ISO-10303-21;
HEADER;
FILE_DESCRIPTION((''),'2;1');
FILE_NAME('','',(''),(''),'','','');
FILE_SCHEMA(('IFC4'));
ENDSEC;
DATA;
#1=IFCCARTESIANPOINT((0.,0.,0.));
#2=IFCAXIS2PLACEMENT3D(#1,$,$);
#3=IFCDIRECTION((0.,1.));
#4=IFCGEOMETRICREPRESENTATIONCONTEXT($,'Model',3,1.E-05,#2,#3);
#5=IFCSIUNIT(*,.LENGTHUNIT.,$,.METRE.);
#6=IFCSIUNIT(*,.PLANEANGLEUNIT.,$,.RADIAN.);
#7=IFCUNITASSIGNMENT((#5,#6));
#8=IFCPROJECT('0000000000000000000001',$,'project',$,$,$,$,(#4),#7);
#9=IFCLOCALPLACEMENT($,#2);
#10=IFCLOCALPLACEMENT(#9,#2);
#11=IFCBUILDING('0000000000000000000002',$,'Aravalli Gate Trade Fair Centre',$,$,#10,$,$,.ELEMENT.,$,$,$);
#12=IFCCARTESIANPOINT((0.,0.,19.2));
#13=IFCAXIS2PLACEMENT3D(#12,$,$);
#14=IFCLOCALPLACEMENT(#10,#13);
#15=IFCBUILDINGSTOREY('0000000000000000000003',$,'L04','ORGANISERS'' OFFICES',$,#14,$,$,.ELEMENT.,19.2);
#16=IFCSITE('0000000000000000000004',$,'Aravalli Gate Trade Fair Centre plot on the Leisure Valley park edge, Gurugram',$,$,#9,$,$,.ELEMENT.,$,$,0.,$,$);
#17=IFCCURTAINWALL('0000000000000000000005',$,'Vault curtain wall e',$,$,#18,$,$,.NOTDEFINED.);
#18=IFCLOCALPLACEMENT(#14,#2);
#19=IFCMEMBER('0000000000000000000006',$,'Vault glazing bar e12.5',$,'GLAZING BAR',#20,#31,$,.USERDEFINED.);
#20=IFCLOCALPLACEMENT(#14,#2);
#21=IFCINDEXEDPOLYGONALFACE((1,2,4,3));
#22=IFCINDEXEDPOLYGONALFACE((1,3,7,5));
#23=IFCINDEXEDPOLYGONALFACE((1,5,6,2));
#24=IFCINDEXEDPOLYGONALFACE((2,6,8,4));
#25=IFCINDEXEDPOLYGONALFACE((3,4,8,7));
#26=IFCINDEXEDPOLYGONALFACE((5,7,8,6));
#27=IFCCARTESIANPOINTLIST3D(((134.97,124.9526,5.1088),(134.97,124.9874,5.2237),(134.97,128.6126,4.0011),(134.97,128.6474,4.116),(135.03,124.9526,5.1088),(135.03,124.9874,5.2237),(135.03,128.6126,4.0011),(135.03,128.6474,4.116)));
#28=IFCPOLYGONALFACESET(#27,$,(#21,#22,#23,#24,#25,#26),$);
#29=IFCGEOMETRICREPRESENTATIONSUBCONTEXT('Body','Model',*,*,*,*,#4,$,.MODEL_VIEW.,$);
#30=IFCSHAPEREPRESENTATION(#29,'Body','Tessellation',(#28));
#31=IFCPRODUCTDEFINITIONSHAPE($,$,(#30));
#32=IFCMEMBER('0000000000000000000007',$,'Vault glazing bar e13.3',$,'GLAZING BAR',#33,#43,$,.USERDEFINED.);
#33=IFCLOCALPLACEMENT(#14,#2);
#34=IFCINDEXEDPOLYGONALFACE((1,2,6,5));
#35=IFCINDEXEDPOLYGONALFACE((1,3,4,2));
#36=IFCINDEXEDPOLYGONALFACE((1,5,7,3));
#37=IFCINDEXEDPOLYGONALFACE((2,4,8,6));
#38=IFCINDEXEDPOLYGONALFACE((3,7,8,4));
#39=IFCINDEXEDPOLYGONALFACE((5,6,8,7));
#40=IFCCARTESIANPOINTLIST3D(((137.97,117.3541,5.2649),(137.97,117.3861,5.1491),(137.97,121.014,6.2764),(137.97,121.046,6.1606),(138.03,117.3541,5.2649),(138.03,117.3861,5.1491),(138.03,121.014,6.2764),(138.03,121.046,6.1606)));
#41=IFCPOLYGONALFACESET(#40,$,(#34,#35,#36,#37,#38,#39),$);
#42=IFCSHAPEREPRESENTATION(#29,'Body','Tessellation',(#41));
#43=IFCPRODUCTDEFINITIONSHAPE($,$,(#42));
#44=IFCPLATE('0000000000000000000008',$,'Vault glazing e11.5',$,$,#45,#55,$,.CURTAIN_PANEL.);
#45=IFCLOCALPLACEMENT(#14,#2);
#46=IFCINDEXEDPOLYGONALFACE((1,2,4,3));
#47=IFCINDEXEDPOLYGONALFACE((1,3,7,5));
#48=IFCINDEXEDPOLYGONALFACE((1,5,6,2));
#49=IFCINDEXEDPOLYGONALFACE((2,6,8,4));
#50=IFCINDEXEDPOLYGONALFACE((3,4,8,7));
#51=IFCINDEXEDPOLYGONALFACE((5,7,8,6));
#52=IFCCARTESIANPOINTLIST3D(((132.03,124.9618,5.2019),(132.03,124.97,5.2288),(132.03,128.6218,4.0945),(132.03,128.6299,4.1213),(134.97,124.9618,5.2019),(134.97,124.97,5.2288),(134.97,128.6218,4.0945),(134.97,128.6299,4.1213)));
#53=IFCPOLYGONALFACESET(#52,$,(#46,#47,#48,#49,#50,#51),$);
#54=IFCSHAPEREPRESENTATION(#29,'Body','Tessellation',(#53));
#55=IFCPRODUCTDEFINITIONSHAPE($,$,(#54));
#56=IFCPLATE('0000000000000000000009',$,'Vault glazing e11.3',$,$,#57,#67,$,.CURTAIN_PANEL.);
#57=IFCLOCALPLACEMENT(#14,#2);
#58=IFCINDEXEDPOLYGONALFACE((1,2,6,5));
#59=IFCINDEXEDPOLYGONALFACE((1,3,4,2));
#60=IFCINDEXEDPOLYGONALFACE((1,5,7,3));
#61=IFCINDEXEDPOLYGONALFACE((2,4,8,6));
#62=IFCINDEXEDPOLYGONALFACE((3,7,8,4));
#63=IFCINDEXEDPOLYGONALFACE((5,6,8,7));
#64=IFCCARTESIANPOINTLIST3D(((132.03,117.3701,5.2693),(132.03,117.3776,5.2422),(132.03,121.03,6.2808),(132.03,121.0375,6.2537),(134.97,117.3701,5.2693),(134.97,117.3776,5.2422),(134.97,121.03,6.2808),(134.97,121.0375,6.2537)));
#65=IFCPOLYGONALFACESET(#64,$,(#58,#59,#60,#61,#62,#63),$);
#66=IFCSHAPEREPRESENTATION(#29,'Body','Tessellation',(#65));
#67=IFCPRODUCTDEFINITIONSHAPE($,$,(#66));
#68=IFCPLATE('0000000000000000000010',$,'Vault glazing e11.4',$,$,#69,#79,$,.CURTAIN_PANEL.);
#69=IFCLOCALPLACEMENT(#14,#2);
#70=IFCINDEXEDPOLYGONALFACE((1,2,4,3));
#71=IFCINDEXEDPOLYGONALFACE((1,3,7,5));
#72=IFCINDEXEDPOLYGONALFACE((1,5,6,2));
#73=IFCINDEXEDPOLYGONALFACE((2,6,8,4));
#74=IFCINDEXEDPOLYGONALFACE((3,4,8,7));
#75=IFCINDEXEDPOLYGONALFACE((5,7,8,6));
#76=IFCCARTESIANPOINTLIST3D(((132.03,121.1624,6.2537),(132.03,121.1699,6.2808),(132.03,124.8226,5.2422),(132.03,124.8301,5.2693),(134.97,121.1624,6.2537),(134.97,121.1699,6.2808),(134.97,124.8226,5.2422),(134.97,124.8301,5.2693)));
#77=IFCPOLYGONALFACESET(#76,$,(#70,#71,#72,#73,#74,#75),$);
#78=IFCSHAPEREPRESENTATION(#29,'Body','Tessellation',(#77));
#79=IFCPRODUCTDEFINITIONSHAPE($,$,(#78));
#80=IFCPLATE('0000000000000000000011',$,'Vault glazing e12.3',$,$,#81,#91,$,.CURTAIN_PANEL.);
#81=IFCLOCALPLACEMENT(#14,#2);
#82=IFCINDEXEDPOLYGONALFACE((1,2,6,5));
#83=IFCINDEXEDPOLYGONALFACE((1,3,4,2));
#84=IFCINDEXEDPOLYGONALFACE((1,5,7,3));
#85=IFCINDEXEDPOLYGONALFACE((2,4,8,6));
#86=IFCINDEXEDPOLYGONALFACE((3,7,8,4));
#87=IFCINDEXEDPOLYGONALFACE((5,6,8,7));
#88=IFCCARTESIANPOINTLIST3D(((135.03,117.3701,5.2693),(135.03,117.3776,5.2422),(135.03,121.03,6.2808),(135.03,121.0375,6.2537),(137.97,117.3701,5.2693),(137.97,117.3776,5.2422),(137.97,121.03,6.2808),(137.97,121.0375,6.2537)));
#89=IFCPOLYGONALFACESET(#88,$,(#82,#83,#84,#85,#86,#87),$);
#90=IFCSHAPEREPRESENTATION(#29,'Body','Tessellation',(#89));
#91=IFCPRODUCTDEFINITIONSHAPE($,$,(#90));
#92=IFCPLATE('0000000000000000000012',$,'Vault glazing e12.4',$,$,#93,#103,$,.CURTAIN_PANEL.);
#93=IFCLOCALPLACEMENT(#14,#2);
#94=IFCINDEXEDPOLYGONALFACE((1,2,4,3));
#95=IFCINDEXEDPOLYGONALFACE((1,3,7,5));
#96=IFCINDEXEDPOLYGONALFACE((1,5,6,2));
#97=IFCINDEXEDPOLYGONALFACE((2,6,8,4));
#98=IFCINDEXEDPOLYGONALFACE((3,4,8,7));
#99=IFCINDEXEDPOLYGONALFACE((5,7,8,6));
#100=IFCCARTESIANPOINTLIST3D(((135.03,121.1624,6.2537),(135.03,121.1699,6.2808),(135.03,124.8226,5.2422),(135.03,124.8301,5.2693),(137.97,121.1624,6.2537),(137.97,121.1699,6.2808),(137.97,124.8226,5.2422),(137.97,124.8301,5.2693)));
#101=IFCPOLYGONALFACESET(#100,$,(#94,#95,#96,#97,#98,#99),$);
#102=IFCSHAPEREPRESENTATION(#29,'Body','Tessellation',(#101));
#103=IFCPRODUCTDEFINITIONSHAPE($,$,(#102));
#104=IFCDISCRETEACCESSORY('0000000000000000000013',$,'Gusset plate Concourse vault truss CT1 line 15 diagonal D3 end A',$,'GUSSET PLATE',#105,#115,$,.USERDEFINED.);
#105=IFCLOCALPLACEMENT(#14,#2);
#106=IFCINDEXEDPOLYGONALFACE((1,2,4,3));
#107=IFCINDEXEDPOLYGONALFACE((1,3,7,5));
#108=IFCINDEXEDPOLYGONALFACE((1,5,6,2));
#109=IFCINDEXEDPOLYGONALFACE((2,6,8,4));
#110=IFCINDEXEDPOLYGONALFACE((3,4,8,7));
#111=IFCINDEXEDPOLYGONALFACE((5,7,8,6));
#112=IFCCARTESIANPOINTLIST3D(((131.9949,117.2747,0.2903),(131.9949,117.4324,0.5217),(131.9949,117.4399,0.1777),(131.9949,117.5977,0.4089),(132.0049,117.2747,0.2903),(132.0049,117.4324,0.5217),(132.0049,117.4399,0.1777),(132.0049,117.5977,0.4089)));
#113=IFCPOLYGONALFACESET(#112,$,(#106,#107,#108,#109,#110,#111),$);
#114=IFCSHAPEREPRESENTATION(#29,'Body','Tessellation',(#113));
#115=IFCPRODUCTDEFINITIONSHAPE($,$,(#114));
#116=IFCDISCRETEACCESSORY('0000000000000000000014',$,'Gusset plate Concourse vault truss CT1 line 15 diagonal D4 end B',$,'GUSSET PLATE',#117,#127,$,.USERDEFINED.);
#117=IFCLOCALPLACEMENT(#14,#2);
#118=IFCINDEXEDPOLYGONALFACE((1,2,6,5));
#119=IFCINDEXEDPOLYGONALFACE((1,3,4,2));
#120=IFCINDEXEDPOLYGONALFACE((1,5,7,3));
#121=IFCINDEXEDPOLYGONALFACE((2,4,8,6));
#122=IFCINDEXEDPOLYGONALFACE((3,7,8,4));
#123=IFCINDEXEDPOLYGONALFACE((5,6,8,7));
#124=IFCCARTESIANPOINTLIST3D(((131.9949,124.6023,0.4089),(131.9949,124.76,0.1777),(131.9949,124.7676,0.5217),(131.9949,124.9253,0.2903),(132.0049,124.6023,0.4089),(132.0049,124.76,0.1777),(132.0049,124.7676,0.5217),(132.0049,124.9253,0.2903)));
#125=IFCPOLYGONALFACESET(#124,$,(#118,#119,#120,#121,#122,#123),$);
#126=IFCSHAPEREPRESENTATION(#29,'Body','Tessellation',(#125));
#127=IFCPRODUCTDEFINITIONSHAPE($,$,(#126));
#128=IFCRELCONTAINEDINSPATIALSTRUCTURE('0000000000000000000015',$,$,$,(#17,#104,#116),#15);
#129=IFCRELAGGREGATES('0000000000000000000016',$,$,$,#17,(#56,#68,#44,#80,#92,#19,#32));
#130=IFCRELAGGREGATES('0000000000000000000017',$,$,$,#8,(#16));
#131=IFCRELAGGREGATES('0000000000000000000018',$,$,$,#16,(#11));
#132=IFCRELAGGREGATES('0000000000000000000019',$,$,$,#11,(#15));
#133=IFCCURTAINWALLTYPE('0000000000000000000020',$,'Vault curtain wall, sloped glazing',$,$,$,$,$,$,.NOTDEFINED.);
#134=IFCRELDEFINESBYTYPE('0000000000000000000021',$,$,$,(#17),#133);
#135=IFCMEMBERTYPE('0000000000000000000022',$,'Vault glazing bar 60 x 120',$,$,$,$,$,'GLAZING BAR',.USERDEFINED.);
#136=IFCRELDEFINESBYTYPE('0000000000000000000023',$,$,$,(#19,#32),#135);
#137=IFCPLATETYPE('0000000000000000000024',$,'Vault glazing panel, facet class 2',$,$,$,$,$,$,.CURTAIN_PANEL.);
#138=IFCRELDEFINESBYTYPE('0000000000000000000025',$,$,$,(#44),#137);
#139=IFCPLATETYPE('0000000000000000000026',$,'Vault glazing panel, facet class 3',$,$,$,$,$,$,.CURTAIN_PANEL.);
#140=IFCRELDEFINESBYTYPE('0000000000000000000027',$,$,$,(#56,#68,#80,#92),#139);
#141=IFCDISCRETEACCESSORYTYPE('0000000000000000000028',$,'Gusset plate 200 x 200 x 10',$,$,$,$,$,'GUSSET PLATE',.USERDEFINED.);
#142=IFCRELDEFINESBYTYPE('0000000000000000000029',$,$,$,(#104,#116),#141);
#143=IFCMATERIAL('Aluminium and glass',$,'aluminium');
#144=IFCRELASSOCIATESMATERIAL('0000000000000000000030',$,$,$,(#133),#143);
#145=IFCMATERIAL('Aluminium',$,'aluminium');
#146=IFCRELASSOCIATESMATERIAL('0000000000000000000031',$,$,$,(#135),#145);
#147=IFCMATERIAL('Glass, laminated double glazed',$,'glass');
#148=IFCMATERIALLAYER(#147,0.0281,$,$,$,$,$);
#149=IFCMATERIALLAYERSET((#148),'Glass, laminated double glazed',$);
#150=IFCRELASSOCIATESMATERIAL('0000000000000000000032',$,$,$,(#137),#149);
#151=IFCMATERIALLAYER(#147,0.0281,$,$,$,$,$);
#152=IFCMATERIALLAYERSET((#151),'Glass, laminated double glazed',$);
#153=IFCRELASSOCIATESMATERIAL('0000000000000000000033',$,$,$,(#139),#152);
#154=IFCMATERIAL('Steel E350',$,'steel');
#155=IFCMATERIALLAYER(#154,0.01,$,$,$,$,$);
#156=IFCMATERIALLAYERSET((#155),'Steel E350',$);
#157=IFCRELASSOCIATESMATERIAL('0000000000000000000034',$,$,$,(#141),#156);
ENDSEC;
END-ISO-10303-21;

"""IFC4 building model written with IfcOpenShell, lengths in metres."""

from ifc_helpers import new_model, si_unit, direction, frame, origin, origin_2d, place, context, subcontext, project, spatial, polyline, rectangle, outline, extrude, material, layer, layer_set, material_profile, profile_set, type_object, element, aggregate, save


model = new_model("IFC4")

# Units and contexts
model_context = context("Model", 3, precision=1e-05, world=origin(), true_north=direction((0.0, 1.0)))
body_context = subcontext(model_context, "Body", "Model", "MODEL_VIEW")
ifc_project = project(units=[si_unit("LENGTHUNIT", "METRE"), si_unit("PLANEANGLEUNIT", "RADIAN")], contexts=[model_context])

# Site, building, storey
site_placement = place(None, origin())
site = spatial("IfcSite", under=ifc_project, at=site_placement, Name="Aravalli Gate Trade Fair Centre plot on the Leisure Valley park edge, Gurugram", CompositionType="ELEMENT", RefElevation=0.0)
building_placement = place(site_placement, origin())
building = spatial("IfcBuilding", under=site, at=building_placement, Name="Aravalli Gate Trade Fair Centre", CompositionType="ELEMENT")
storey_placement = place(building_placement, frame((0.0, 0.0, 19.2)))
storey = spatial("IfcBuildingStorey", under=building, at=storey_placement, Name="L04", Description="ORGANISERS' OFFICES", CompositionType="ELEMENT", Elevation=19.2)

# Shared definitions
ifc_material_1 = material(Name="Steel E350", Category="steel")
ifc_material_2 = material(Name="Aluminium", Category="aluminium")

# Curtain wall, members, plates
ifc_material_3 = material(Name="Aluminium and glass", Category="aluminium")
curtain_wall_type = type_object("IfcCurtainWallType", Name="Vault curtain wall, sloped glazing", PredefinedType="NOTDEFINED", material=ifc_material_3)
curtain_wall_placement = place(storey_placement, origin())
curtain_wall = element("IfcCurtainWall", 1, at=curtain_wall_placement, inside=storey, type_object=curtain_wall_type, Name="Vault curtain wall e", PredefinedType="NOTDEFINED")
ifc_material_profile_1 = material_profile(ifc_material_2, rectangle(XDim=0.0601, YDim=0.1201, at=origin_2d()), Name="Vault glazing bar 60 x 120")
ifc_profile_set_1 = profile_set([ifc_material_profile_1], Name="Aluminium")
member_type_1 = type_object("IfcMemberType", Name="Vault glazing bar 60 x 120", ElementType="GLAZING BAR", PredefinedType="USERDEFINED", material=ifc_profile_set_1)
member_1_placement = place(storey_placement, frame((135.0, 124.97, 5.1663), z_axis=(0.0, 0.957126, -0.289672), x_axis=(-1.0, 0.0, 0.0)))
member_1 = element("IfcMember", 2, at=member_1_placement, type_object=member_type_1, Name="Vault glazing bar e12.5", ObjectType="GLAZING BAR", PredefinedType="USERDEFINED", context=body_context, shape_type="SweptSolid", body=[
    extrude(rectangle(XDim=0.0601, YDim=0.1201, at=origin_2d()), origin(), (0.0, 0.0, 1.0), 3.824),
])
member_2_placement = place(storey_placement, frame((138.0, 117.3701, 5.207), z_axis=(0.0, 0.963868, 0.26638), x_axis=(-1.0, 0.0, 0.0)))
member_2 = element("IfcMember", 3, at=member_2_placement, type_object=member_type_1, Name="Vault glazing bar e13.3", ObjectType="GLAZING BAR", PredefinedType="USERDEFINED", context=body_context, shape_type="SweptSolid", body=[
    extrude(rectangle(XDim=0.0601, YDim=0.1201, at=origin_2d()), origin(), (0.0, 0.0, 1.0), 3.7971),
])
ifc_material_4 = material(Name="Glass, laminated double glazed", Category="glass")
ifc_layer_1 = layer(ifc_material_4, 0.0281)
ifc_layer_set_1 = layer_set([ifc_layer_1], Name="Glass, laminated double glazed")
plate_type_1 = type_object("IfcPlateType", Name="Vault glazing panel, facet class 2", PredefinedType="CURTAIN_PANEL", material=ifc_layer_set_1)
plate_1_placement = place(storey_placement, frame((132.03, 124.97, 5.2288), z_axis=(0.0, 0.289614, 0.957144), x_axis=(1.0, 0.0, 0.0)))
plate_1 = element("IfcPlate", 4, at=plate_1_placement, type_object=plate_type_1, Name="Vault glazing e11.5", PredefinedType="CURTAIN_PANEL", context=body_context, shape_type="SweptSolid", body=[
    extrude(outline(polyline([(0.0, 0.0), (2.9399, 0.0), (2.9399, 3.8238), (0.0, 3.8238), (0.0, 0.0)])), origin(), (0.0, 0.0, -1.0), 0.0281),
])
ifc_layer_2 = layer(ifc_material_4, 0.0281)
ifc_layer_set_2 = layer_set([ifc_layer_2], Name="Glass, laminated double glazed")
plate_type_2 = type_object("IfcPlateType", Name="Vault glazing panel, facet class 3", PredefinedType="CURTAIN_PANEL", material=ifc_layer_set_2)
plate_2_placement = place(storey_placement, frame((132.03, 117.3701, 5.2693), z_axis=(0.0, -0.26638, 0.963868), x_axis=(1.0, 0.0, 0.0)))
plate_2 = element("IfcPlate", 5, at=plate_2_placement, type_object=plate_type_2, Name="Vault glazing e11.3", PredefinedType="CURTAIN_PANEL", context=body_context, shape_type="SweptSolid", body=[
    extrude(outline(polyline([(0.0, 0.0), (2.9399, 0.0), (2.9399, 3.7971), (0.0, 3.7971), (0.0, 0.0)])), origin(), (0.0, 0.0, -1.0), 0.0281),
])
plate_3_placement = place(storey_placement, frame((132.03, 121.1699, 6.2808), z_axis=(0.0, 0.266364, 0.963873), x_axis=(1.0, 0.0, 0.0)))
plate_3 = element("IfcPlate", 6, at=plate_3_placement, type_object=plate_type_2, Name="Vault glazing e11.4", PredefinedType="CURTAIN_PANEL", context=body_context, shape_type="SweptSolid", body=[
    extrude(outline(polyline([(0.0, 0.0), (2.9399, 0.0), (2.9399, 3.7973), (0.0, 3.7973), (0.0, 0.0)])), origin(), (0.0, 0.0, -1.0), 0.0281),
])
plate_4_placement = place(storey_placement, frame((135.03, 117.3701, 5.2693), z_axis=(0.0, -0.26638, 0.963868), x_axis=(1.0, 0.0, 0.0)))
plate_4 = element("IfcPlate", 7, at=plate_4_placement, type_object=plate_type_2, Name="Vault glazing e12.3", PredefinedType="CURTAIN_PANEL", context=body_context, shape_type="SweptSolid", body=[
    extrude(outline(polyline([(0.0, 0.0), (2.9399, 0.0), (2.9399, 3.7971), (0.0, 3.7971), (0.0, 0.0)])), origin(), (0.0, 0.0, -1.0), 0.0281),
])
plate_5_placement = place(storey_placement, frame((135.03, 121.1699, 6.2808), z_axis=(0.0, 0.266364, 0.963873), x_axis=(1.0, 0.0, 0.0)))
plate_5 = element("IfcPlate", 8, at=plate_5_placement, type_object=plate_type_2, Name="Vault glazing e12.4", PredefinedType="CURTAIN_PANEL", context=body_context, shape_type="SweptSolid", body=[
    extrude(outline(polyline([(0.0, 0.0), (2.9399, 0.0), (2.9399, 3.7973), (0.0, 3.7973), (0.0, 0.0)])), origin(), (0.0, 0.0, -1.0), 0.0281),
])
aggregate(curtain_wall, [plate_2, plate_3, plate_1, plate_4, plate_5, member_1, member_2])

# Discrete accessories
ifc_layer_3 = layer(ifc_material_1, 0.01)
ifc_layer_set_3 = layer_set([ifc_layer_3], Name="Steel E350")
discrete_accessory_type = type_object("IfcDiscreteAccessoryType", Name="Gusset plate 200 x 200 x 10", ElementType="GUSSET PLATE", PredefinedType="USERDEFINED", material=ifc_layer_set_3)
discrete_accessory_1_placement = place(storey_placement, frame((132.0049, 117.4324, 0.5217), z_axis=(1.0, 0.0, 0.0), x_axis=(0.0, -0.56312, -0.826375)))
element("IfcDiscreteAccessory", 9, at=discrete_accessory_1_placement, inside=storey, type_object=discrete_accessory_type, Name="Gusset plate Concourse vault truss CT1 line 15 diagonal D3 end A", ObjectType="GUSSET PLATE", PredefinedType="USERDEFINED", context=body_context, shape_type="SweptSolid", body=[
    extrude(outline(polyline([(0.0, 0.0), (0.2801, 0.0), (0.28, 0.2), (0.0001, 0.2001), (0.0, 0.0)])), origin(), (0.0, 0.0, -1.0), 0.01),
])
discrete_accessory_2_placement = place(storey_placement, frame((132.0049, 124.6023, 0.4089), z_axis=(1.0, 0.0, 0.0), x_axis=(0.0, 0.563526, -0.826098)))
element("IfcDiscreteAccessory", 10, at=discrete_accessory_2_placement, inside=storey, type_object=discrete_accessory_type, Name="Gusset plate Concourse vault truss CT1 line 15 diagonal D4 end B", ObjectType="GUSSET PLATE", PredefinedType="USERDEFINED", context=body_context, shape_type="SweptSolid", body=[
    extrude(outline(polyline([(0.0, 0.0), (0.2799, 0.0), (0.28, 0.2), (0.0, 0.2001), (0.0, 0.0)])), origin(), (0.0, 0.0, -1.0), 0.01),
])

save(model, "model.ifc")
